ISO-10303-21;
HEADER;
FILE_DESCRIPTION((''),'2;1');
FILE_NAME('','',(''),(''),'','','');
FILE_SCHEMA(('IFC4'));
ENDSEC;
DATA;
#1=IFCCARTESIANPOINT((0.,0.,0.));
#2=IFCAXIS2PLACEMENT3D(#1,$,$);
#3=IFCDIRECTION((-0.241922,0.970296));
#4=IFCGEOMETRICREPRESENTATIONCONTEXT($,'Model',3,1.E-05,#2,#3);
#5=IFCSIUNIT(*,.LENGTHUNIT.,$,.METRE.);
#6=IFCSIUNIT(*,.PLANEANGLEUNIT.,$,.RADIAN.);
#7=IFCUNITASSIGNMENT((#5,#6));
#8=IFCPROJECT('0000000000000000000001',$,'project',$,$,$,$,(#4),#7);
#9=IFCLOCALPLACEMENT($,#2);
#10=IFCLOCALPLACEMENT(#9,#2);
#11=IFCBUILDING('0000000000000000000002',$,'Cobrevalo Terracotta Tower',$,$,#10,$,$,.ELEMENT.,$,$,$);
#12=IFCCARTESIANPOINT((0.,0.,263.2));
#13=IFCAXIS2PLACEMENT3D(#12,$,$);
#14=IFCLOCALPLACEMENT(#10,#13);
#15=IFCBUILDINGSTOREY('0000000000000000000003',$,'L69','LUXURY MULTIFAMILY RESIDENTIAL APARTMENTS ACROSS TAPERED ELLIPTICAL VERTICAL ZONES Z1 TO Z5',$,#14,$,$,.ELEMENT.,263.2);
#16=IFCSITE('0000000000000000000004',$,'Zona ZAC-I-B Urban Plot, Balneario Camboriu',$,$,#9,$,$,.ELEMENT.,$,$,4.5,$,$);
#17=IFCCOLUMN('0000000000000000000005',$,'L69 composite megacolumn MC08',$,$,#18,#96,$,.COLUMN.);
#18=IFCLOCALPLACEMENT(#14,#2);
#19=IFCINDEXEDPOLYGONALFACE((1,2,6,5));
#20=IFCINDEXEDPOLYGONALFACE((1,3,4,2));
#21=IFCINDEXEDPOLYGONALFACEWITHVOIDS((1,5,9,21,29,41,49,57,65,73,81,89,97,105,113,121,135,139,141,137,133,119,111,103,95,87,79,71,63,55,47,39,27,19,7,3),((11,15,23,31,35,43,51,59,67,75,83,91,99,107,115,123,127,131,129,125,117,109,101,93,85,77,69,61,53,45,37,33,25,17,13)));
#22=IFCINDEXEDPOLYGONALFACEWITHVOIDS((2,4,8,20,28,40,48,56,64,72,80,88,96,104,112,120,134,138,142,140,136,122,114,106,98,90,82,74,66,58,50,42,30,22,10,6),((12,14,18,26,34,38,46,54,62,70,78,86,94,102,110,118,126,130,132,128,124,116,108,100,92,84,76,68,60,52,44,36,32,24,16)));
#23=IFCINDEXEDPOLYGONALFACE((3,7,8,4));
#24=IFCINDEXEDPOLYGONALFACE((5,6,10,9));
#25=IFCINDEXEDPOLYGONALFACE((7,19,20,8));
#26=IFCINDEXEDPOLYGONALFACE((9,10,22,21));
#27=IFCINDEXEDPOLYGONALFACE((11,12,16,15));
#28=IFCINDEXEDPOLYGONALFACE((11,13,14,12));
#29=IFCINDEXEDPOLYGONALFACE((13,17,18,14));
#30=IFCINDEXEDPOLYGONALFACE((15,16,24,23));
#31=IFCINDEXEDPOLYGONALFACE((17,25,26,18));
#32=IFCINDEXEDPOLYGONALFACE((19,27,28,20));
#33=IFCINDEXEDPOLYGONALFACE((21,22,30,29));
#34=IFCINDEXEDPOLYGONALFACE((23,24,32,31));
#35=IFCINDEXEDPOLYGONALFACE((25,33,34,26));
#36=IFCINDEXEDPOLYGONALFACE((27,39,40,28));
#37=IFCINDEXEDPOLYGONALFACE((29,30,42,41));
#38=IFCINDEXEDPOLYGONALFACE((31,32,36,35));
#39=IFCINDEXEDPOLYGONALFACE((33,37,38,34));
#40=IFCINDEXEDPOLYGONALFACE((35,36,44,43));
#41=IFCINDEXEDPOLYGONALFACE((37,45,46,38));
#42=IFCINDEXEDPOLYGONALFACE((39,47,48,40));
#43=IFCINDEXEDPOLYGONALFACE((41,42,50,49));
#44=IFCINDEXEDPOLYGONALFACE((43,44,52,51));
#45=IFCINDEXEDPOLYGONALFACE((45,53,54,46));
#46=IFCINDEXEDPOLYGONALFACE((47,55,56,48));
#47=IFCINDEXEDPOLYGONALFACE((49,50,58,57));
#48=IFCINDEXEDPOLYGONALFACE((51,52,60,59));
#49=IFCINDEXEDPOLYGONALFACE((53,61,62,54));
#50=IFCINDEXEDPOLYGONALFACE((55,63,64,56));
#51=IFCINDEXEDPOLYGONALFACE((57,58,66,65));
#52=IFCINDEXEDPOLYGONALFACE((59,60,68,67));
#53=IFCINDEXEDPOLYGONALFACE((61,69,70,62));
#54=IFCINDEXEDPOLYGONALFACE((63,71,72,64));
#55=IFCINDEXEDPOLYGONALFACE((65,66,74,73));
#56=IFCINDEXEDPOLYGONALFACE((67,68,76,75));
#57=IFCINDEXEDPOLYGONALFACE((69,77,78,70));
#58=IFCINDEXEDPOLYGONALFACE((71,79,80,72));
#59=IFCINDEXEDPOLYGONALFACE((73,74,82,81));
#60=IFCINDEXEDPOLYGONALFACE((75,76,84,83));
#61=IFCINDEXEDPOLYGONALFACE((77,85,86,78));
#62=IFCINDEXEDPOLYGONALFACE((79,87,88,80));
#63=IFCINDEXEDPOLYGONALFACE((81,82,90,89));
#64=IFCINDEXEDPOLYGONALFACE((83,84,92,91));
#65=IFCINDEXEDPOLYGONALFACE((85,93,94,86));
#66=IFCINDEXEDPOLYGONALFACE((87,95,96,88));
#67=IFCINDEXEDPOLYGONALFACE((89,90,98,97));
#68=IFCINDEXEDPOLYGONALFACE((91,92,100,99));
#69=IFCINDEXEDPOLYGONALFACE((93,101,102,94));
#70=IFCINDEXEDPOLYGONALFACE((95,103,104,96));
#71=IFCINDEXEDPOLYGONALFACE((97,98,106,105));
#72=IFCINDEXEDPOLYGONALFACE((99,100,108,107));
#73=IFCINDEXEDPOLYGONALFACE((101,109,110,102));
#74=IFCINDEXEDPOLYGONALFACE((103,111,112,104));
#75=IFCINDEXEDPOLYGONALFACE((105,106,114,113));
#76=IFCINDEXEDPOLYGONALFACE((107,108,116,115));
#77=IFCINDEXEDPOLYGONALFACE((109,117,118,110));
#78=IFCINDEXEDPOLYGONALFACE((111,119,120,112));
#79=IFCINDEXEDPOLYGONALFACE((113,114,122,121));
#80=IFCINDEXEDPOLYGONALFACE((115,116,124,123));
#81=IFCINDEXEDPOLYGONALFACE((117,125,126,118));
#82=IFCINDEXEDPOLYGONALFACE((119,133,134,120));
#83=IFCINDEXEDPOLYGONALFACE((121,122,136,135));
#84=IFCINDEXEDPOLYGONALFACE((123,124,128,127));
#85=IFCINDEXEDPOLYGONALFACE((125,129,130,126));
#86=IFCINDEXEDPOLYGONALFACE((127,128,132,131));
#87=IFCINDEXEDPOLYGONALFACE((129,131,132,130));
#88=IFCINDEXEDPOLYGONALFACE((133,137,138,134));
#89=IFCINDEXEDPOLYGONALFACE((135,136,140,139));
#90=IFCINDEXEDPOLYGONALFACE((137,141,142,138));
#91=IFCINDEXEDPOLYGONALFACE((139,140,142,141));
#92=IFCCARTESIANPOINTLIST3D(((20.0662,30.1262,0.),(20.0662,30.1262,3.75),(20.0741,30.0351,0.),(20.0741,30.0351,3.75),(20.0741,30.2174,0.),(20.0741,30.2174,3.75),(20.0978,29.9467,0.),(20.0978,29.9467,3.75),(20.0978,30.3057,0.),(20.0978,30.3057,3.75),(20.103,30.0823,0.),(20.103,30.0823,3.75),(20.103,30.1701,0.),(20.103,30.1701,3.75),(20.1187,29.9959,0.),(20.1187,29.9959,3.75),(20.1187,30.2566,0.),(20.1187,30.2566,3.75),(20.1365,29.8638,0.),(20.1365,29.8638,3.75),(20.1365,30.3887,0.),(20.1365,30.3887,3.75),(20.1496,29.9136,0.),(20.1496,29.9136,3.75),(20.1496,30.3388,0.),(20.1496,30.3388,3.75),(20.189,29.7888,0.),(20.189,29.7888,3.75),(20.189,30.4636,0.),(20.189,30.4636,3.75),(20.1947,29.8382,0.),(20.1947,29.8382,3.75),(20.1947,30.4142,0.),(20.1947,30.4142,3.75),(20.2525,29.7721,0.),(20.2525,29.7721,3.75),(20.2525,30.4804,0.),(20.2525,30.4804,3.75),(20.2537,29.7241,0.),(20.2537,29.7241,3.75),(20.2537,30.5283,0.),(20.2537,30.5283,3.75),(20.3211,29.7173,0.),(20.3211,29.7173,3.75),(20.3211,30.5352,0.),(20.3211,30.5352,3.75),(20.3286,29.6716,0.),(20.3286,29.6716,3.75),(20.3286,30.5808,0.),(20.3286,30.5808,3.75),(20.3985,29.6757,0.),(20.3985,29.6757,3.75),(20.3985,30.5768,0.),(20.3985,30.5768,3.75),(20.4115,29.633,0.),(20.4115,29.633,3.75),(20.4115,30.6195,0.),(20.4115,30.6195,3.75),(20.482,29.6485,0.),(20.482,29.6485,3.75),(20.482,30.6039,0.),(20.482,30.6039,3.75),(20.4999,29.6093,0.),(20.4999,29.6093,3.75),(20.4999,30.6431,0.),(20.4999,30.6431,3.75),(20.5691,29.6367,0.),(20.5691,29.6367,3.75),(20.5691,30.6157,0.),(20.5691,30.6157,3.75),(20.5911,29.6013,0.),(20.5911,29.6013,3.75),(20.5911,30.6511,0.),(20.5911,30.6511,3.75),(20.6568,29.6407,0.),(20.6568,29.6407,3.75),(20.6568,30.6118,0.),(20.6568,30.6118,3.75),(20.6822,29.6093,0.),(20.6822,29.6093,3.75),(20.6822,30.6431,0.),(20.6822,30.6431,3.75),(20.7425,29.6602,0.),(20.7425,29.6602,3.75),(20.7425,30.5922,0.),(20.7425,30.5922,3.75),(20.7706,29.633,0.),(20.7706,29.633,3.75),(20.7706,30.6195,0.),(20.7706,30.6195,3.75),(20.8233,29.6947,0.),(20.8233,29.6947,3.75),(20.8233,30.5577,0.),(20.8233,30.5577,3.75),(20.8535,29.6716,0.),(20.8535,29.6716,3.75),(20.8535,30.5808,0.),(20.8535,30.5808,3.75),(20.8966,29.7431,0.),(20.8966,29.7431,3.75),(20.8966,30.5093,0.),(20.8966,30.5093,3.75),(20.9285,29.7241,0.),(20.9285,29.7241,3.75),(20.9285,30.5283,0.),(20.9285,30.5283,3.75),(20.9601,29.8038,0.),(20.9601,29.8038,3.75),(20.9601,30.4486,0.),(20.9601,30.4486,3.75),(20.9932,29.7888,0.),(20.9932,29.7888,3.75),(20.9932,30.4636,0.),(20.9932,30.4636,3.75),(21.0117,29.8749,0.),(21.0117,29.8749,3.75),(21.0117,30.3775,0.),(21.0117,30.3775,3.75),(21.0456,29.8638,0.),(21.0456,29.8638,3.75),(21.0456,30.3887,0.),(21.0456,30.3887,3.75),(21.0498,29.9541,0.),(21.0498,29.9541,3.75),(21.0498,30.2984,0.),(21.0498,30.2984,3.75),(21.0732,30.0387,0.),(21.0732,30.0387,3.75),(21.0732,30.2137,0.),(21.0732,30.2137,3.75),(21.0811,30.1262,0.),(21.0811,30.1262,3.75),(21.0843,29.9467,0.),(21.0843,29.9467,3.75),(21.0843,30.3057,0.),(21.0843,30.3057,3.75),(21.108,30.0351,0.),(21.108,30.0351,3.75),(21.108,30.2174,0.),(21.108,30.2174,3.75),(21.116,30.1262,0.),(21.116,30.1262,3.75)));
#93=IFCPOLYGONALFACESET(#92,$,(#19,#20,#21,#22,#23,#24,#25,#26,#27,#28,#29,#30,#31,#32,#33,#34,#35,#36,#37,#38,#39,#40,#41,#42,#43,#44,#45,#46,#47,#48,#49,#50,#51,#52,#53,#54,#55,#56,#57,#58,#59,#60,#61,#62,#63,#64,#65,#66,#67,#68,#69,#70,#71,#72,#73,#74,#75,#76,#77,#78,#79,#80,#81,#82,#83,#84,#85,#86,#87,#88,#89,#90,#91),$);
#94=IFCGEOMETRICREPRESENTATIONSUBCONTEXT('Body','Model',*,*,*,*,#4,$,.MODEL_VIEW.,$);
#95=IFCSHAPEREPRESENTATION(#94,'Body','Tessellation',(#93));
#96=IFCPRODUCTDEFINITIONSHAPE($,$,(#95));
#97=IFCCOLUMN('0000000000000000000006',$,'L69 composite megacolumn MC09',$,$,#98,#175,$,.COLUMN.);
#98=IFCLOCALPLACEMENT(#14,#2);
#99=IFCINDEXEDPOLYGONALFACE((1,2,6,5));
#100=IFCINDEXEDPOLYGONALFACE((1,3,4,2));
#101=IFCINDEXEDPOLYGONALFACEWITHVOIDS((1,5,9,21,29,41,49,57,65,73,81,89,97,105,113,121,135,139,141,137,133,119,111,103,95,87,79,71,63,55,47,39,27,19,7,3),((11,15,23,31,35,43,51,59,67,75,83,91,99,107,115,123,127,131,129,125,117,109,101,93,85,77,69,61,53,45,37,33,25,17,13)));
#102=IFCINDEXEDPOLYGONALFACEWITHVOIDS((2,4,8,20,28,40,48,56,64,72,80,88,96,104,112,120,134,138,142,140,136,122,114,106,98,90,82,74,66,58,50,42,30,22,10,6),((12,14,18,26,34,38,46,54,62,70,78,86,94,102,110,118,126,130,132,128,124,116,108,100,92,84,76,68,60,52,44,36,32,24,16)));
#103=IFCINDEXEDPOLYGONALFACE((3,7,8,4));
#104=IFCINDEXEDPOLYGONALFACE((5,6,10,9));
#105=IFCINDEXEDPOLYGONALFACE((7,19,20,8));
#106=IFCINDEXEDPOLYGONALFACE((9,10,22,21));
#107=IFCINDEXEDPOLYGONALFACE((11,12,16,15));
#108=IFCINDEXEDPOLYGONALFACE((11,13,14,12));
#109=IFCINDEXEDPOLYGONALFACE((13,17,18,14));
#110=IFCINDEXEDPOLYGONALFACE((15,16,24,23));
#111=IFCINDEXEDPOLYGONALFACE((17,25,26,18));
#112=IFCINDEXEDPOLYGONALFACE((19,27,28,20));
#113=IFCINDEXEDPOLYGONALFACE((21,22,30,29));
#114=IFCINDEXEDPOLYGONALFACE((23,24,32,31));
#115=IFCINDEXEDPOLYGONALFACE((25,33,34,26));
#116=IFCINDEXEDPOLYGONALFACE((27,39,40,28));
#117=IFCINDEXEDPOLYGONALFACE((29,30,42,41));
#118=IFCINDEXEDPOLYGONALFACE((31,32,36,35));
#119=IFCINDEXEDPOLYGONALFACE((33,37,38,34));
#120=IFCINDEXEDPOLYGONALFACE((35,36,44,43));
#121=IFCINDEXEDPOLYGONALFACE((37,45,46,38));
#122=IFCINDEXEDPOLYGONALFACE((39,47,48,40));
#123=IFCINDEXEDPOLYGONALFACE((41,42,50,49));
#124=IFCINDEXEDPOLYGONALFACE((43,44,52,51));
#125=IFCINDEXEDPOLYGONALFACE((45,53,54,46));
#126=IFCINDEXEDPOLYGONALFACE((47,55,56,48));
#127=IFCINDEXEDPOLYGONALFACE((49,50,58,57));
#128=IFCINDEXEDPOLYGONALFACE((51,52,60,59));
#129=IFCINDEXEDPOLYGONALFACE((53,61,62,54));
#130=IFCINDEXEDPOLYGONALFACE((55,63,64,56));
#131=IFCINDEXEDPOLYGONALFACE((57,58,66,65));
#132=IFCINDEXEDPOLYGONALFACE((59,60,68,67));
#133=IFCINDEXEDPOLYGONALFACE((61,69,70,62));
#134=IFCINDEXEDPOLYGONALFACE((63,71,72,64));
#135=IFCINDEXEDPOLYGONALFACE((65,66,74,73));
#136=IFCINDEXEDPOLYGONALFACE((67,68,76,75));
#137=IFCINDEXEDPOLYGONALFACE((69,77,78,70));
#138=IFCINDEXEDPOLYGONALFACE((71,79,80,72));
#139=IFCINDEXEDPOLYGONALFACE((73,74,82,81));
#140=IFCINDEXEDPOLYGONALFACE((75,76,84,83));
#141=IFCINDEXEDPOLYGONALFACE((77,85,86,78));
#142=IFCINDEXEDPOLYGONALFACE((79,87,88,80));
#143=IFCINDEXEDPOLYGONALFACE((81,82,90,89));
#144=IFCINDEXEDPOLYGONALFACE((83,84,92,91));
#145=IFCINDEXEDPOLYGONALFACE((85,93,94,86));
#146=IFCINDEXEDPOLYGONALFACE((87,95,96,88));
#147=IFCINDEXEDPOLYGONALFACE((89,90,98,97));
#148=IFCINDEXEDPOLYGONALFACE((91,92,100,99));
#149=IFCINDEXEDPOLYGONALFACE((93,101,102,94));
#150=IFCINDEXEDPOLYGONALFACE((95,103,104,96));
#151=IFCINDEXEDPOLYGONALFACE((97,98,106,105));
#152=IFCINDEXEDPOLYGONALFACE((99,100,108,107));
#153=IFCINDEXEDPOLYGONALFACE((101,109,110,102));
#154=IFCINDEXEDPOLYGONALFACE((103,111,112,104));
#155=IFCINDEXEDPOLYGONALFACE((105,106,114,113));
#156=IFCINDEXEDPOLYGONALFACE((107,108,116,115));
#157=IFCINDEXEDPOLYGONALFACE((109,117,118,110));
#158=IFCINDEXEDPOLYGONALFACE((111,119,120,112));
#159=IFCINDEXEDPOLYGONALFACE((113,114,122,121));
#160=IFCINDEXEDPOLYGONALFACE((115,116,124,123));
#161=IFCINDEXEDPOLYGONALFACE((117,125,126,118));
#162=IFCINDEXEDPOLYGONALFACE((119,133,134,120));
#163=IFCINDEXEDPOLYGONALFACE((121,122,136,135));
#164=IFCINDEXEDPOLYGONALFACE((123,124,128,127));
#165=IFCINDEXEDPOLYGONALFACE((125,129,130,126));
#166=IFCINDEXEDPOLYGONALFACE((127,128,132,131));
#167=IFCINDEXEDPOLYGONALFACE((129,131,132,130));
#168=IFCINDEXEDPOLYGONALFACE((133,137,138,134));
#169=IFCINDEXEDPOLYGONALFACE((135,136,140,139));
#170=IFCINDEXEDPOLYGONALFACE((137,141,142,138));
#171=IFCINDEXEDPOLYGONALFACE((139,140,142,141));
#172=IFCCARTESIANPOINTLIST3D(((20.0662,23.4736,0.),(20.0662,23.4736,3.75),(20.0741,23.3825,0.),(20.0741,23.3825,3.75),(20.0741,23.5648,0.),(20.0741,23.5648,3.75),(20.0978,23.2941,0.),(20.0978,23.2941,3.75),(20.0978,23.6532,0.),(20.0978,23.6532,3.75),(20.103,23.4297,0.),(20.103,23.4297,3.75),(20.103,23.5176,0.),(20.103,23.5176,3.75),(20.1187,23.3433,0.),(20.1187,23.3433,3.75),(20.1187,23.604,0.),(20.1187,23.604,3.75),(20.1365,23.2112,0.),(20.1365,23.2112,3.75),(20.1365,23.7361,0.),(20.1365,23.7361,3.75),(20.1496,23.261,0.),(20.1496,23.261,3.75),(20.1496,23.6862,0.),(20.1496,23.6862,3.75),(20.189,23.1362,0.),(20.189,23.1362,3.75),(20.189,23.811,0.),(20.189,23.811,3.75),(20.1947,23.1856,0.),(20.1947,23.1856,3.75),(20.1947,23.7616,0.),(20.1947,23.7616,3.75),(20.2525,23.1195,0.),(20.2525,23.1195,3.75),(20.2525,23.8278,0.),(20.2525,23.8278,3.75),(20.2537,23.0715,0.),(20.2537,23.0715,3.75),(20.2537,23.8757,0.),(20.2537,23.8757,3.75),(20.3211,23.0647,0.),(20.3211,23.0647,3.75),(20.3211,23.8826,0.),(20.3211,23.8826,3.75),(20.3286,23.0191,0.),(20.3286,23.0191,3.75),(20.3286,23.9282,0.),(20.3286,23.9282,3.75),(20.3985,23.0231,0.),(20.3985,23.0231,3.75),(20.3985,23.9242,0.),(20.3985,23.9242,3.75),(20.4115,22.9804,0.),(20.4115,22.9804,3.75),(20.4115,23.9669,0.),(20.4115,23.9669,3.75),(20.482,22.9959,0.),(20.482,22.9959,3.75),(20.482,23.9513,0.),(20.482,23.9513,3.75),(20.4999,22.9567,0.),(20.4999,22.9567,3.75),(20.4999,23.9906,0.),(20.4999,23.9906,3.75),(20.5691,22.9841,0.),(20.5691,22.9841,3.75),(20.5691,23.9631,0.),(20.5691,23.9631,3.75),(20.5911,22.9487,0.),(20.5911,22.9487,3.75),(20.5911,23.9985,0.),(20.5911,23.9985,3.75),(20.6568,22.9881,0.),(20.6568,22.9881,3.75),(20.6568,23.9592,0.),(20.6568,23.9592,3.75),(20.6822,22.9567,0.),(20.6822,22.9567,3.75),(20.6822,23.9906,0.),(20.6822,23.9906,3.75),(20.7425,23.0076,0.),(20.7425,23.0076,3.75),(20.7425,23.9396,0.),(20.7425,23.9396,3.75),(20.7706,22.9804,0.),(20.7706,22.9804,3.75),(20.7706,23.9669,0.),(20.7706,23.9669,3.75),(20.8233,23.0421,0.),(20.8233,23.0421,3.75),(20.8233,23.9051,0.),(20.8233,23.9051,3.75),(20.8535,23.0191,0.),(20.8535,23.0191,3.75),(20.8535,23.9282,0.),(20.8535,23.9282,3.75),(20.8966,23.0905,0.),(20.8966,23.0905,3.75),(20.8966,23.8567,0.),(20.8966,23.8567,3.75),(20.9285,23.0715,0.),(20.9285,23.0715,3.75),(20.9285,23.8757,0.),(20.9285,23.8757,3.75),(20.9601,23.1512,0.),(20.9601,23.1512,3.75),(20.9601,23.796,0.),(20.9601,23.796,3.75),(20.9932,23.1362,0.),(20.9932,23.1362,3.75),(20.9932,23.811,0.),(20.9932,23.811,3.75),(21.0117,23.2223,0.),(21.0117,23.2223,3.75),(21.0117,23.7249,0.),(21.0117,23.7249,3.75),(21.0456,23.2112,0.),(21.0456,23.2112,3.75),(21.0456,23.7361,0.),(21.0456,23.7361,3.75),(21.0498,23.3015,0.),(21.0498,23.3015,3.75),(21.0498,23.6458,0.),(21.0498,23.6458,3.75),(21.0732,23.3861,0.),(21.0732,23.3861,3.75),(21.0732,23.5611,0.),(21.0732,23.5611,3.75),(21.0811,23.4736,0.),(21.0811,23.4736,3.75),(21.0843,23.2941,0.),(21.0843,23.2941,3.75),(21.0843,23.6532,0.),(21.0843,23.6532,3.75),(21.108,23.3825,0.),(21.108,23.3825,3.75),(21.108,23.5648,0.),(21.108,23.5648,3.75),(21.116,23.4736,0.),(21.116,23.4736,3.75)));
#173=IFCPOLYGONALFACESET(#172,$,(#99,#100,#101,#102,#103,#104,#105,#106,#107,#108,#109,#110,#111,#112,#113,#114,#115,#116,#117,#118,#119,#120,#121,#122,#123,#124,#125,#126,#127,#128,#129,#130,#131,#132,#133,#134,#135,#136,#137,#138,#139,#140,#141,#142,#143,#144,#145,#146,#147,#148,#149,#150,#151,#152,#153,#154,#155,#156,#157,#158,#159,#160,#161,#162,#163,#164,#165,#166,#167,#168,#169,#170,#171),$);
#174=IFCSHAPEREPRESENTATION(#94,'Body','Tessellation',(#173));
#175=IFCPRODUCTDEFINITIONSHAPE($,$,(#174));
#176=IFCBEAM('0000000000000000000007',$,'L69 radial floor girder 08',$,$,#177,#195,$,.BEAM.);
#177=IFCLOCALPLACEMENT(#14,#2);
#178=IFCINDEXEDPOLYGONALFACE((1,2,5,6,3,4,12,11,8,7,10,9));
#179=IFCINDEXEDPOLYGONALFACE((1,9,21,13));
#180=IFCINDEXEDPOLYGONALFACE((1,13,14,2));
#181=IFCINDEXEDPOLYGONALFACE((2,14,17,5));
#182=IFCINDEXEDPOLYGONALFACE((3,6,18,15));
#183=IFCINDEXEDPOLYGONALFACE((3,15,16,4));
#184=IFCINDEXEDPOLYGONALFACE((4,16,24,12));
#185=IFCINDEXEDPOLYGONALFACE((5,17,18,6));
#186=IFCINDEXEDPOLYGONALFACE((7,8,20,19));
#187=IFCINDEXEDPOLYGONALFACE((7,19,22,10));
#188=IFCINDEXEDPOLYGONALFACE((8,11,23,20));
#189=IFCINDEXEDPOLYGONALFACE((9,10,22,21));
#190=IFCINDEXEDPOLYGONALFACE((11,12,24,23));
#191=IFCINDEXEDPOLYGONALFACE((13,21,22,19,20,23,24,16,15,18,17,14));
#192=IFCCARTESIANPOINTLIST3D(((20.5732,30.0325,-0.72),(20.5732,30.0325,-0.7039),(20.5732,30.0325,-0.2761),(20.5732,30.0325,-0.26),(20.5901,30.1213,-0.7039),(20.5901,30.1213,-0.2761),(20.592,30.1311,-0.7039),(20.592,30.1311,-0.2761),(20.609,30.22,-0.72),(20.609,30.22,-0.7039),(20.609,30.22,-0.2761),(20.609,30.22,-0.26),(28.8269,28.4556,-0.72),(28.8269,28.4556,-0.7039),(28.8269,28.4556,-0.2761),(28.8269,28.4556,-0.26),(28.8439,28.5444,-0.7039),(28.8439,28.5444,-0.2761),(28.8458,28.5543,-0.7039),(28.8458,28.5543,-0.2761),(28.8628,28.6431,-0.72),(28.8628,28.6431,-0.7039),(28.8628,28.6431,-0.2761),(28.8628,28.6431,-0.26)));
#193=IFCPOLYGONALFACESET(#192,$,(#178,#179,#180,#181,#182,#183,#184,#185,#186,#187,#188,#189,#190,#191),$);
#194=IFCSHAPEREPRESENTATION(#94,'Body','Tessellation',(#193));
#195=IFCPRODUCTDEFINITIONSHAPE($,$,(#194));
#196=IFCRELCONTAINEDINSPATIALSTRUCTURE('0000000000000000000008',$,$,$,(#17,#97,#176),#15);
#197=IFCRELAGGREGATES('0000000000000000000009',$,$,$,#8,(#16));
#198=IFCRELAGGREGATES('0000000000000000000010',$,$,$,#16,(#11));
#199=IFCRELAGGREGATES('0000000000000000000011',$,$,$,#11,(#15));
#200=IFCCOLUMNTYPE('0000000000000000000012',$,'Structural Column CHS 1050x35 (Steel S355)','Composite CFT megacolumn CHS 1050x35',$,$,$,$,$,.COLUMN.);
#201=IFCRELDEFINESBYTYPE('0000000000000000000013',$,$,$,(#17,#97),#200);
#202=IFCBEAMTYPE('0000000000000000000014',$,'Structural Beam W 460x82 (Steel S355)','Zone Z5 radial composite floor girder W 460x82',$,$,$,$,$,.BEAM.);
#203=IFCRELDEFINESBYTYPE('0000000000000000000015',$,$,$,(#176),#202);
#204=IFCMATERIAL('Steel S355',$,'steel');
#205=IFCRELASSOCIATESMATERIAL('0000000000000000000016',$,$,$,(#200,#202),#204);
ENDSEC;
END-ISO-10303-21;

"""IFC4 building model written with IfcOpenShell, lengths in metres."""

from ifc_helpers import new_model, si_unit, direction, frame, origin, origin_2d, place, context, subcontext, project, spatial, hollow_circle, i_section, extrude, material, material_profile, profile_set, type_object, element, save


model = new_model("IFC4")

# Units and contexts
model_context = context("Model", 3, precision=1e-05, world=origin(), true_north=direction((-0.241922, 0.970296)))
body_context = subcontext(model_context, "Body", "Model", "MODEL_VIEW")
ifc_project = project(units=[si_unit("LENGTHUNIT", "METRE"), si_unit("PLANEANGLEUNIT", "RADIAN")], contexts=[model_context])

# Site, building, storey
site_placement = place(None, origin())
site = spatial("IfcSite", under=ifc_project, at=site_placement, Name="Zona ZAC-I-B Urban Plot, Balneario Camboriu", CompositionType="ELEMENT", RefElevation=4.5)
building_placement = place(site_placement, origin())
building = spatial("IfcBuilding", under=site, at=building_placement, Name="Cobrevalo Terracotta Tower", CompositionType="ELEMENT")
storey_placement = place(building_placement, frame((0.0, 0.0, 263.2)))
storey = spatial("IfcBuildingStorey", under=building, at=storey_placement, Name="L69", Description="LUXURY MULTIFAMILY RESIDENTIAL APARTMENTS ACROSS TAPERED ELLIPTICAL VERTICAL ZONES Z1 TO Z5", CompositionType="ELEMENT", Elevation=263.2)

# Columns
ifc_material_1 = material(Name="Steel S355", Category="steel")
ifc_material_profile_1 = material_profile(ifc_material_1, hollow_circle(Radius=0.5249, WallThickness=0.0349, at=origin_2d()), Name="CHS 1050x35")
ifc_profile_set_1 = profile_set([ifc_material_profile_1], Name="Steel S355")
column_type = type_object("IfcColumnType", Name="Structural Column CHS 1050x35 (Steel S355)", Description="Composite CFT megacolumn CHS 1050x35", PredefinedType="COLUMN", material=ifc_profile_set_1)
for number, where, z_axis, x_axis, name in (
    (1, (20.5911, 30.1262, 0.0), (0.0, 0.0, 1.0), (1.0, 0.0, 0.0), "L69 composite megacolumn MC08"),
    (2, (20.5911, 23.4736, 0.0), (0.0, 0.0, 1.0), (1.0, 0.0, 0.0), "L69 composite megacolumn MC09"),
):
    element("IfcColumn", number, at=place(storey_placement, frame(where, z_axis=z_axis, x_axis=x_axis)), inside=storey, type_object=column_type, Name=name, PredefinedType="COLUMN", context=body_context, shape_type="SweptSolid", body=[
        extrude(hollow_circle(Radius=0.5249, WallThickness=0.0349, at=origin_2d()), origin(), (0.0, 0.0, 1.0), 3.75),
    ])

# Beam
ifc_material_profile_2 = material_profile(ifc_material_1, i_section(OverallWidth=0.1909, OverallDepth=0.46, WebThickness=0.01, FlangeThickness=0.0161, at=origin_2d()), Name="W 460x82")
ifc_profile_set_2 = profile_set([ifc_material_profile_2], Name="Steel S355")
beam_type_1 = type_object("IfcBeamType", Name="Structural Beam W 460x82 (Steel S355)", Description="Zone Z5 radial composite floor girder W 460x82", PredefinedType="BEAM", material=ifc_profile_set_2)
beam_1_placement = place(storey_placement, frame((20.5911, 30.1262, -0.49), z_axis=(0.982235, -0.187655, 0.0), x_axis=(0.187655, 0.982235, 0.0)))
element("IfcBeam", 3, at=beam_1_placement, inside=storey, type_object=beam_type_1, Name="L69 radial floor girder 08", PredefinedType="BEAM", context=body_context, shape_type="SweptSolid", body=[
    extrude(i_section(OverallWidth=0.1909, OverallDepth=0.46, WebThickness=0.01, FlangeThickness=0.0161, at=origin_2d()), origin(), (0.0, 0.0, 1.0), 8.4031),
])

save(model, "model.ifc")
